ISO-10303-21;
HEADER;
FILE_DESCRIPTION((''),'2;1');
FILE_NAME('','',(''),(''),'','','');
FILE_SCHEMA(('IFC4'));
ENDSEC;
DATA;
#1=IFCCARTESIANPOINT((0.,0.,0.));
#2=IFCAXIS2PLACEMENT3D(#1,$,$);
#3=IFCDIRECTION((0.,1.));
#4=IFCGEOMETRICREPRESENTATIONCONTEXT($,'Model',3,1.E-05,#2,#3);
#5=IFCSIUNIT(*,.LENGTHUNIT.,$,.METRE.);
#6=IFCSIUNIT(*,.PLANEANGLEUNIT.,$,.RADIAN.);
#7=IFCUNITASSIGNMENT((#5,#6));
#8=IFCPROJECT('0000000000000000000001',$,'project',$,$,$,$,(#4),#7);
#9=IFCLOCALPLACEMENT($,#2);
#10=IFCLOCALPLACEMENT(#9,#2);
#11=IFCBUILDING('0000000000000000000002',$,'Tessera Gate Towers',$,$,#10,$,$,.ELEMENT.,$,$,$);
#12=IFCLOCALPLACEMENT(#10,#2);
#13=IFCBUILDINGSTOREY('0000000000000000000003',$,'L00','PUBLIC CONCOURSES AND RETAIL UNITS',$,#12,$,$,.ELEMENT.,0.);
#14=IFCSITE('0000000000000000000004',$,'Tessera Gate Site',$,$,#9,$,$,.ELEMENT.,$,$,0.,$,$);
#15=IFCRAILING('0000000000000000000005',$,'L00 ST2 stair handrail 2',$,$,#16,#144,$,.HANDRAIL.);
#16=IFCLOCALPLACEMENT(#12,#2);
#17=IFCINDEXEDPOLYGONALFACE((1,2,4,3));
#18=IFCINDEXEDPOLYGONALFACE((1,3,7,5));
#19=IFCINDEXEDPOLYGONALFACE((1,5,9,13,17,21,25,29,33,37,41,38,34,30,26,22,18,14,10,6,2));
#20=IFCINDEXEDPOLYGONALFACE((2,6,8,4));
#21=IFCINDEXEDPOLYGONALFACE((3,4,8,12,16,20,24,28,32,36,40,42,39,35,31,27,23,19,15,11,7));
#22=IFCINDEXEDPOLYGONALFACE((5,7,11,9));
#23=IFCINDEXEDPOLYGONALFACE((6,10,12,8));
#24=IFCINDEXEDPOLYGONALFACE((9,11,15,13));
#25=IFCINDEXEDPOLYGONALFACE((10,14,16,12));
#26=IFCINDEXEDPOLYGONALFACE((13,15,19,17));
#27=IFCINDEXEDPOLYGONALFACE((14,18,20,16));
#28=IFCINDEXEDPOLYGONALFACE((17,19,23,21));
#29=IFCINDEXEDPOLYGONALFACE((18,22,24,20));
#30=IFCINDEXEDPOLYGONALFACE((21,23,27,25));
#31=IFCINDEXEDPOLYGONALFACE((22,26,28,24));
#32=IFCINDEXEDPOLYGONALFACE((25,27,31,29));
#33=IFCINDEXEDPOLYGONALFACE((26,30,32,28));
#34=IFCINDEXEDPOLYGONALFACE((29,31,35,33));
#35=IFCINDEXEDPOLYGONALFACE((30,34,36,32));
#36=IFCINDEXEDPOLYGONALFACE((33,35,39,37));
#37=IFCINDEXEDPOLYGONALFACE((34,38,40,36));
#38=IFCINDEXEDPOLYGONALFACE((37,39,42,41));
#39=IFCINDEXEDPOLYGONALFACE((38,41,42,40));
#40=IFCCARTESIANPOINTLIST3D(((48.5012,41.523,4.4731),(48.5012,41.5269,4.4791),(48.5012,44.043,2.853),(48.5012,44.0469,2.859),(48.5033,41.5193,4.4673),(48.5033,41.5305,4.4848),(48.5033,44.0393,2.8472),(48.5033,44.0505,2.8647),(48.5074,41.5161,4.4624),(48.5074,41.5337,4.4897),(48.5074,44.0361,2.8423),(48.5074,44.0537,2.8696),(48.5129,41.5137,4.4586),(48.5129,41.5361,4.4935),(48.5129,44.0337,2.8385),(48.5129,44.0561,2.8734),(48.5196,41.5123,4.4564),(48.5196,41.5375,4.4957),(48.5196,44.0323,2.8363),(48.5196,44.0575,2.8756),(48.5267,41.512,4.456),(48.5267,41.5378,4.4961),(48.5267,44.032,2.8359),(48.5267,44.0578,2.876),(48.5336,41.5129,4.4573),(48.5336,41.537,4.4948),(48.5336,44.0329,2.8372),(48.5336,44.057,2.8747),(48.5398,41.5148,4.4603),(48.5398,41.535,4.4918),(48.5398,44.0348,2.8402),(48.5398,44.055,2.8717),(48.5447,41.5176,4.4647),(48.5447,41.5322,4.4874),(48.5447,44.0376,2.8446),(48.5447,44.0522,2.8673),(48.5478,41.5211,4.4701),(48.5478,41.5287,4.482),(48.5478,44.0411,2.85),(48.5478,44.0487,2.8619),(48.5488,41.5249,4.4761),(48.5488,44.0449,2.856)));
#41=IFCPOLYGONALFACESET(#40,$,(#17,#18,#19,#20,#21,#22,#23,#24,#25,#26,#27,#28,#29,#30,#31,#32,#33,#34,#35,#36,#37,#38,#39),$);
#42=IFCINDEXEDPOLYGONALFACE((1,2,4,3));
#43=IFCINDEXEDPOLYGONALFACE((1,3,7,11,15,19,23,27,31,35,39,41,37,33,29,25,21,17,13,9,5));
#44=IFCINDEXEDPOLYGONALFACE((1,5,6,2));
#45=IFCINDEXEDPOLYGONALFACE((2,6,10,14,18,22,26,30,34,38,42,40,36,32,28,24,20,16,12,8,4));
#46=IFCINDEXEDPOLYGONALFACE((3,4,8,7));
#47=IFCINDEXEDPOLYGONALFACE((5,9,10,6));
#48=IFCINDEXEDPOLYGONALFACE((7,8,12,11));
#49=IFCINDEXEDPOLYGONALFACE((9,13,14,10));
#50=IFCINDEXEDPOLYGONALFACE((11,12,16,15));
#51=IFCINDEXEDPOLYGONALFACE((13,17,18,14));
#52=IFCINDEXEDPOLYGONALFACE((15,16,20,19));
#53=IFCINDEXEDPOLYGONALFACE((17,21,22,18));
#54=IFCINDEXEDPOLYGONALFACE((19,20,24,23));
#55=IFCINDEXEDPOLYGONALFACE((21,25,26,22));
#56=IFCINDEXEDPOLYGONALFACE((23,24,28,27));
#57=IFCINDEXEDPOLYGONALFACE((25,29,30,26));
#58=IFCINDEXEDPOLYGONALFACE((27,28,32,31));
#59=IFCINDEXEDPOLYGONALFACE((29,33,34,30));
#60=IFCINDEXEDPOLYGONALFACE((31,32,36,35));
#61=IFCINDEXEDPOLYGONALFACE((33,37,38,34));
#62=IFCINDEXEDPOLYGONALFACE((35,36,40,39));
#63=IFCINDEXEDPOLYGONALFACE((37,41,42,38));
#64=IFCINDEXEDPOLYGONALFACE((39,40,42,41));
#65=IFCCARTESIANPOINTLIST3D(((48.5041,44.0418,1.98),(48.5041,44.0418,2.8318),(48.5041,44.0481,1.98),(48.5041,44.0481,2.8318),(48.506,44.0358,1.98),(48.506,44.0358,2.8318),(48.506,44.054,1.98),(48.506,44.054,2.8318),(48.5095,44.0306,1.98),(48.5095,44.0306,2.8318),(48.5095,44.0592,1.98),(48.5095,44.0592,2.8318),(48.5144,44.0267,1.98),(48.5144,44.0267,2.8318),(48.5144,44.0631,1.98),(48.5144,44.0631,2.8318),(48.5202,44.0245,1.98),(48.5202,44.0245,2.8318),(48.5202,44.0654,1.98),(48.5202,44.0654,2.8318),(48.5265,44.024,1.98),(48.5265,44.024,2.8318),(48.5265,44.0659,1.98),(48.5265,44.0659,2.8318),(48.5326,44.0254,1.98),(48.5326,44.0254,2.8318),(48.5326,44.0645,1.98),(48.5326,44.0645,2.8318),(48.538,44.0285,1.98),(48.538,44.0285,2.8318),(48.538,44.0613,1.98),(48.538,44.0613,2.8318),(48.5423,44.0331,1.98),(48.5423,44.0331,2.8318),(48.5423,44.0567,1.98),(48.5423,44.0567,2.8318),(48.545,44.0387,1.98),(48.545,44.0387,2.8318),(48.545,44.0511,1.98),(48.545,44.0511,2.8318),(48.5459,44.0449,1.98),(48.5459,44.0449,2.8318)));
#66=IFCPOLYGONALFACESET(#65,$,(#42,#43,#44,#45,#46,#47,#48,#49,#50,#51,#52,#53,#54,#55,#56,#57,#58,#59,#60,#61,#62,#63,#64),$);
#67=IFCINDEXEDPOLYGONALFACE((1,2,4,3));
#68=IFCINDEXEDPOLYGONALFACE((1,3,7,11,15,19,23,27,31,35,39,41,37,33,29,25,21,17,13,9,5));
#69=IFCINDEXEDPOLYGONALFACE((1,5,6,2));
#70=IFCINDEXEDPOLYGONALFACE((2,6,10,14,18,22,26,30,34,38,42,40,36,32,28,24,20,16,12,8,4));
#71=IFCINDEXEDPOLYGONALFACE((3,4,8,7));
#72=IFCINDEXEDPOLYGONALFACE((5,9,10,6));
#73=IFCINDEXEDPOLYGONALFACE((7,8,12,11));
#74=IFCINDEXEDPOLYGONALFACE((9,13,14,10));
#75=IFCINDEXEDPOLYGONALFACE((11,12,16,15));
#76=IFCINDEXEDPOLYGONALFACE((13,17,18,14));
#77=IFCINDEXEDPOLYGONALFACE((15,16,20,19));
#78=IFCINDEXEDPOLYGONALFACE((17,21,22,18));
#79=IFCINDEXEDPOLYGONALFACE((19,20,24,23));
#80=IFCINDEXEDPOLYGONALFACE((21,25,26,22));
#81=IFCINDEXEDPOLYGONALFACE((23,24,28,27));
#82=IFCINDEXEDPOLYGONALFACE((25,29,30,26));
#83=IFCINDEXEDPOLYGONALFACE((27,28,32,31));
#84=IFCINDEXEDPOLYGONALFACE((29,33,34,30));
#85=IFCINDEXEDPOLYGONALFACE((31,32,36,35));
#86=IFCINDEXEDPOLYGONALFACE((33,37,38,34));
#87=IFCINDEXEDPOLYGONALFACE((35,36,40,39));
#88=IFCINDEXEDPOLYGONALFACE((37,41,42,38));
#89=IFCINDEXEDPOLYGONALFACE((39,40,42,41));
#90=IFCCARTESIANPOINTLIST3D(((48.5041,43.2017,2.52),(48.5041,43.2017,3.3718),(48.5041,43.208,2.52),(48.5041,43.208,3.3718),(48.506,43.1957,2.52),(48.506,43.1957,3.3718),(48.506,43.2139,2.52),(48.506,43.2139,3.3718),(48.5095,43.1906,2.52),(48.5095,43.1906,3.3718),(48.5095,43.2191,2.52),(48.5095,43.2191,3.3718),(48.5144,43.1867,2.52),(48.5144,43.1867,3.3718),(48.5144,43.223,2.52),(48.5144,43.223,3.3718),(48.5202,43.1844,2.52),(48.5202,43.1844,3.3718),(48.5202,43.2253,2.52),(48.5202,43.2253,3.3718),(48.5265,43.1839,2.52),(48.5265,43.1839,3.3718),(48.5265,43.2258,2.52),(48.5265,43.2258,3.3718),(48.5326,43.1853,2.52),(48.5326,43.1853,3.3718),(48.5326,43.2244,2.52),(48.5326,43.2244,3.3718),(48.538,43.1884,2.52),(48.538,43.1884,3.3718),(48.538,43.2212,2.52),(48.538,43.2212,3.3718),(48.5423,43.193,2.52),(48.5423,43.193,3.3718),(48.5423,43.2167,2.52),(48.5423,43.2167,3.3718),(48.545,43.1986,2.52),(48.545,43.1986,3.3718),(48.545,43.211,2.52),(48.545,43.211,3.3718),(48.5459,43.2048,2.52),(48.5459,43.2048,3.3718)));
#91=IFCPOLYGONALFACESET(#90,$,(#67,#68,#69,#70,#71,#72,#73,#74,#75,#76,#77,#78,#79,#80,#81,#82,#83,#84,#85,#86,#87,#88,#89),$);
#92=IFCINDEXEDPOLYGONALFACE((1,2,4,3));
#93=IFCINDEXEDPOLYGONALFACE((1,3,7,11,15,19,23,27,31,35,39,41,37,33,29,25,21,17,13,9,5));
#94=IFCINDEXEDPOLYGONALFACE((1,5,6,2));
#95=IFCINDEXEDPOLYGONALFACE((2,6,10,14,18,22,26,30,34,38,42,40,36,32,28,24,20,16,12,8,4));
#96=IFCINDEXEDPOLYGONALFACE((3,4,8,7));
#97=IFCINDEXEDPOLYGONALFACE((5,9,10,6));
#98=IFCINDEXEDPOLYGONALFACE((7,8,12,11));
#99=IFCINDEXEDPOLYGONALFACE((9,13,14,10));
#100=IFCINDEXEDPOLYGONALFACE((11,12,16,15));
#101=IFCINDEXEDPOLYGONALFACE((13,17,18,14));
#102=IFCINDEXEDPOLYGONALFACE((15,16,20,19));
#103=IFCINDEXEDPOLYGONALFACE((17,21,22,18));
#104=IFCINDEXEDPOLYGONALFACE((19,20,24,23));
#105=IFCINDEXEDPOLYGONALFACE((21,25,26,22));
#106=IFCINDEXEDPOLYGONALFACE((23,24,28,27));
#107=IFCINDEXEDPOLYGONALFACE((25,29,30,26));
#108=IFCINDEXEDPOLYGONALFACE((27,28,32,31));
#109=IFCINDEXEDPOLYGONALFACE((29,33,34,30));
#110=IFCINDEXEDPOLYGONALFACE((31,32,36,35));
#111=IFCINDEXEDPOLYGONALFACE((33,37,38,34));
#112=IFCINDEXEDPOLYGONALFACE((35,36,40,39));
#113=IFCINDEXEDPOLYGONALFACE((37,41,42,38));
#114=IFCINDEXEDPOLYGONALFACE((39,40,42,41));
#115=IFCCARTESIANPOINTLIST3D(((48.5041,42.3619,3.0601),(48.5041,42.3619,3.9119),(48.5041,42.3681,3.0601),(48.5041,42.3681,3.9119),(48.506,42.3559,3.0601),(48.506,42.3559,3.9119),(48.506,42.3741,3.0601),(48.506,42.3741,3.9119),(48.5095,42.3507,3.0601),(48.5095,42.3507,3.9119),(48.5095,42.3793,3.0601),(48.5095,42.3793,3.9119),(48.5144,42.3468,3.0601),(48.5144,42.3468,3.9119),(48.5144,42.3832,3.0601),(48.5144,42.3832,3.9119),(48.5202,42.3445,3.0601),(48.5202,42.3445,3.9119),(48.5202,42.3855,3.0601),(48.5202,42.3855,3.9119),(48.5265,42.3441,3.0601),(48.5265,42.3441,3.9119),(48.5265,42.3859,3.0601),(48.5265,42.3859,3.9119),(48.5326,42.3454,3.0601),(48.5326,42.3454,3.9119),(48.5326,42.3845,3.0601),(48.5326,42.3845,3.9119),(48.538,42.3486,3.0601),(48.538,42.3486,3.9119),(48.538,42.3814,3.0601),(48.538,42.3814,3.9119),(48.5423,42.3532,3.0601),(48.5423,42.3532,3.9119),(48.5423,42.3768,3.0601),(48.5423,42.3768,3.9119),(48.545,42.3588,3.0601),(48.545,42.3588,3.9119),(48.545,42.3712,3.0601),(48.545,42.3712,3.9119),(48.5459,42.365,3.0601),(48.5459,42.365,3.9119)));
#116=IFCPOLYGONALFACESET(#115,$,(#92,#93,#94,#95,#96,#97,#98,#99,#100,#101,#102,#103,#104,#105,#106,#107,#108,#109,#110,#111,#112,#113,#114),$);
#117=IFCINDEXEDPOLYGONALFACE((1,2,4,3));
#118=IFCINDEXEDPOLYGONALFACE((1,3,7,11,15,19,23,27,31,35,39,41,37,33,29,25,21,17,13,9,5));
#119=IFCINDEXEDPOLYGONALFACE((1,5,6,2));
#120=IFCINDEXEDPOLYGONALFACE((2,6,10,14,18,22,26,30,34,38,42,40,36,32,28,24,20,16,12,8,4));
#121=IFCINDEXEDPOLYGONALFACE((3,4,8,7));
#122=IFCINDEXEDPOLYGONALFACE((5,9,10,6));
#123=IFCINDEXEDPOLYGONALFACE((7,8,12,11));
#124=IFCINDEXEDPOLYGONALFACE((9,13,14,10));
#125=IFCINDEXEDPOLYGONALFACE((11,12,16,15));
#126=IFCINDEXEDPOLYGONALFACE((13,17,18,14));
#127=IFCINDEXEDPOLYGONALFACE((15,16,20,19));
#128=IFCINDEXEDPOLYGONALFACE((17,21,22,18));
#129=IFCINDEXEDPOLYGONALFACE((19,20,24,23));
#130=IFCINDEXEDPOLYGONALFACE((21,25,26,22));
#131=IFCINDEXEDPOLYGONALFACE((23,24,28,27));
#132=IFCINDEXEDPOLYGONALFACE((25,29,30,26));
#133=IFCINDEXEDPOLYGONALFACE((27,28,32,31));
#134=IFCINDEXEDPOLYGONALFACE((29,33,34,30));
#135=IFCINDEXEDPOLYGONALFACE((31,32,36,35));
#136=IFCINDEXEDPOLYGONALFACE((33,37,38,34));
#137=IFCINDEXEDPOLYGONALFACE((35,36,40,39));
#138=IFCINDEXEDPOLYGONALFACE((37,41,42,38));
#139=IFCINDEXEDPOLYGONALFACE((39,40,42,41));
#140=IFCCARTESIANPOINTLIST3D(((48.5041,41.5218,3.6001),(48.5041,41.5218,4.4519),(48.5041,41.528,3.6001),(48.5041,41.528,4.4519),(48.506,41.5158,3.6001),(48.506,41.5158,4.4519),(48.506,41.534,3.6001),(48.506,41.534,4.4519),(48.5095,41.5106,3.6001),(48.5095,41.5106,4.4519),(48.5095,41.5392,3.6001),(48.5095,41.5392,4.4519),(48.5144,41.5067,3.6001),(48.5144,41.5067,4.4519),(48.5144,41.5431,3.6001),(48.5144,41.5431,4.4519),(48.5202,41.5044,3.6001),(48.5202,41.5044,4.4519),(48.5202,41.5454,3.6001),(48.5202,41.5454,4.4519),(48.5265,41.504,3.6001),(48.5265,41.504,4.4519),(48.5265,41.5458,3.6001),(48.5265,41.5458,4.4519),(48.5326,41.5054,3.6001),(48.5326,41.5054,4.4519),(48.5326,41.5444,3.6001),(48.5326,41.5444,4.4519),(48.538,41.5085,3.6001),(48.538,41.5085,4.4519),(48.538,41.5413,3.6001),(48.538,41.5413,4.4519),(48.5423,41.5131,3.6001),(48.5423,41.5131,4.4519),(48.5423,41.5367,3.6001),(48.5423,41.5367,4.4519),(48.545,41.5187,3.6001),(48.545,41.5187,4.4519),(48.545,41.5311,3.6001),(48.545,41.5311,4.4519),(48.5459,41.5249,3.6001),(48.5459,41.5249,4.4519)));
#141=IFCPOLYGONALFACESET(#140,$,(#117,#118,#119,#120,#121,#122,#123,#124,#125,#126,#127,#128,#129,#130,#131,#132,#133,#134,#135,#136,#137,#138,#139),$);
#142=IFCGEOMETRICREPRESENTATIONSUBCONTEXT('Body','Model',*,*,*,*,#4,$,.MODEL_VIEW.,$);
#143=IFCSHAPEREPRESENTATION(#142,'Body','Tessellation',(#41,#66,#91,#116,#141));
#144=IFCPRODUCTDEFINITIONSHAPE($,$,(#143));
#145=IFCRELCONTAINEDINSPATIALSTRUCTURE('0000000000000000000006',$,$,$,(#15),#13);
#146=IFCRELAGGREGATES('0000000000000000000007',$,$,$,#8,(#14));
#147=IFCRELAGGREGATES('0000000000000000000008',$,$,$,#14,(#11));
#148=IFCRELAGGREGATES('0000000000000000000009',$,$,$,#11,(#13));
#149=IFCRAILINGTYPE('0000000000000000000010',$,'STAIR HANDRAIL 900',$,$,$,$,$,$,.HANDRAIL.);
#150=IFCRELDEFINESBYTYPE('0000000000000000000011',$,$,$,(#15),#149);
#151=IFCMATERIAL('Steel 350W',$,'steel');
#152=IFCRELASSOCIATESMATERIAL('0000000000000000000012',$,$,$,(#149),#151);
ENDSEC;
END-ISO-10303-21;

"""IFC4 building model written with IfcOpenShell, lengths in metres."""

from ifc_helpers import new_model, si_unit, direction, frame, origin, origin_2d, place, context, subcontext, project, spatial, circle, extrude, material, type_object, element, save


model = new_model("IFC4")

# Units and contexts
model_context = context("Model", 3, precision=1e-05, world=origin(), true_north=direction((0.0, 1.0)))
body_context = subcontext(model_context, "Body", "Model", "MODEL_VIEW")
ifc_project = project(units=[si_unit("LENGTHUNIT", "METRE"), si_unit("PLANEANGLEUNIT", "RADIAN")], contexts=[model_context])

# Site, building, storey
site_placement = place(None, origin())
site = spatial("IfcSite", under=ifc_project, at=site_placement, Name="Tessera Gate Site", CompositionType="ELEMENT", RefElevation=0.0)
building_placement = place(site_placement, origin())
building = spatial("IfcBuilding", under=site, at=building_placement, Name="Tessera Gate Towers", CompositionType="ELEMENT")
storey_placement = place(building_placement, origin())
storey = spatial("IfcBuildingStorey", under=building, at=storey_placement, Name="L00", Description="PUBLIC CONCOURSES AND RETAIL UNITS", CompositionType="ELEMENT", Elevation=0.0)

# Railing
ifc_material_1 = material(Name="Steel 350W", Category="steel")
railing_type = type_object("IfcRailingType", Name="STAIR HANDRAIL 900", PredefinedType="HANDRAIL", material=ifc_material_1)
railing_1_placement = place(storey_placement, frame((48.5249, 44.0449, 1.98)))
element("IfcRailing", 1, at=railing_1_placement, inside=storey, type_object=railing_type, Name="L00 ST2 stair handrail 2", PredefinedType="HANDRAIL", context=body_context, shape_type="SweptSolid", body=[
    extrude(circle(Radius=0.0239, at=origin_2d()), frame((0.0, 0.0, 0.876), z_axis=(0.0, -0.841163, 0.540782), x_axis=(1.0, 0.0, 0.0)), (0.0, 0.0, 1.0), 2.9958),
    extrude(circle(Radius=0.021, at=origin_2d()), origin(), (0.0, 0.0, 1.0), 0.8518),
    extrude(circle(Radius=0.021, at=origin_2d()), frame((0.0, -0.8401, 0.54)), (0.0, 0.0, 1.0), 0.8518),
    extrude(circle(Radius=0.021, at=origin_2d()), frame((0.0, -1.6799, 1.0801)), (0.0, 0.0, 1.0), 0.8518),
    extrude(circle(Radius=0.021, at=origin_2d()), frame((0.0, -2.52, 1.6201)), (0.0, 0.0, 1.0), 0.8518),
])

save(model, "model.ifc")
